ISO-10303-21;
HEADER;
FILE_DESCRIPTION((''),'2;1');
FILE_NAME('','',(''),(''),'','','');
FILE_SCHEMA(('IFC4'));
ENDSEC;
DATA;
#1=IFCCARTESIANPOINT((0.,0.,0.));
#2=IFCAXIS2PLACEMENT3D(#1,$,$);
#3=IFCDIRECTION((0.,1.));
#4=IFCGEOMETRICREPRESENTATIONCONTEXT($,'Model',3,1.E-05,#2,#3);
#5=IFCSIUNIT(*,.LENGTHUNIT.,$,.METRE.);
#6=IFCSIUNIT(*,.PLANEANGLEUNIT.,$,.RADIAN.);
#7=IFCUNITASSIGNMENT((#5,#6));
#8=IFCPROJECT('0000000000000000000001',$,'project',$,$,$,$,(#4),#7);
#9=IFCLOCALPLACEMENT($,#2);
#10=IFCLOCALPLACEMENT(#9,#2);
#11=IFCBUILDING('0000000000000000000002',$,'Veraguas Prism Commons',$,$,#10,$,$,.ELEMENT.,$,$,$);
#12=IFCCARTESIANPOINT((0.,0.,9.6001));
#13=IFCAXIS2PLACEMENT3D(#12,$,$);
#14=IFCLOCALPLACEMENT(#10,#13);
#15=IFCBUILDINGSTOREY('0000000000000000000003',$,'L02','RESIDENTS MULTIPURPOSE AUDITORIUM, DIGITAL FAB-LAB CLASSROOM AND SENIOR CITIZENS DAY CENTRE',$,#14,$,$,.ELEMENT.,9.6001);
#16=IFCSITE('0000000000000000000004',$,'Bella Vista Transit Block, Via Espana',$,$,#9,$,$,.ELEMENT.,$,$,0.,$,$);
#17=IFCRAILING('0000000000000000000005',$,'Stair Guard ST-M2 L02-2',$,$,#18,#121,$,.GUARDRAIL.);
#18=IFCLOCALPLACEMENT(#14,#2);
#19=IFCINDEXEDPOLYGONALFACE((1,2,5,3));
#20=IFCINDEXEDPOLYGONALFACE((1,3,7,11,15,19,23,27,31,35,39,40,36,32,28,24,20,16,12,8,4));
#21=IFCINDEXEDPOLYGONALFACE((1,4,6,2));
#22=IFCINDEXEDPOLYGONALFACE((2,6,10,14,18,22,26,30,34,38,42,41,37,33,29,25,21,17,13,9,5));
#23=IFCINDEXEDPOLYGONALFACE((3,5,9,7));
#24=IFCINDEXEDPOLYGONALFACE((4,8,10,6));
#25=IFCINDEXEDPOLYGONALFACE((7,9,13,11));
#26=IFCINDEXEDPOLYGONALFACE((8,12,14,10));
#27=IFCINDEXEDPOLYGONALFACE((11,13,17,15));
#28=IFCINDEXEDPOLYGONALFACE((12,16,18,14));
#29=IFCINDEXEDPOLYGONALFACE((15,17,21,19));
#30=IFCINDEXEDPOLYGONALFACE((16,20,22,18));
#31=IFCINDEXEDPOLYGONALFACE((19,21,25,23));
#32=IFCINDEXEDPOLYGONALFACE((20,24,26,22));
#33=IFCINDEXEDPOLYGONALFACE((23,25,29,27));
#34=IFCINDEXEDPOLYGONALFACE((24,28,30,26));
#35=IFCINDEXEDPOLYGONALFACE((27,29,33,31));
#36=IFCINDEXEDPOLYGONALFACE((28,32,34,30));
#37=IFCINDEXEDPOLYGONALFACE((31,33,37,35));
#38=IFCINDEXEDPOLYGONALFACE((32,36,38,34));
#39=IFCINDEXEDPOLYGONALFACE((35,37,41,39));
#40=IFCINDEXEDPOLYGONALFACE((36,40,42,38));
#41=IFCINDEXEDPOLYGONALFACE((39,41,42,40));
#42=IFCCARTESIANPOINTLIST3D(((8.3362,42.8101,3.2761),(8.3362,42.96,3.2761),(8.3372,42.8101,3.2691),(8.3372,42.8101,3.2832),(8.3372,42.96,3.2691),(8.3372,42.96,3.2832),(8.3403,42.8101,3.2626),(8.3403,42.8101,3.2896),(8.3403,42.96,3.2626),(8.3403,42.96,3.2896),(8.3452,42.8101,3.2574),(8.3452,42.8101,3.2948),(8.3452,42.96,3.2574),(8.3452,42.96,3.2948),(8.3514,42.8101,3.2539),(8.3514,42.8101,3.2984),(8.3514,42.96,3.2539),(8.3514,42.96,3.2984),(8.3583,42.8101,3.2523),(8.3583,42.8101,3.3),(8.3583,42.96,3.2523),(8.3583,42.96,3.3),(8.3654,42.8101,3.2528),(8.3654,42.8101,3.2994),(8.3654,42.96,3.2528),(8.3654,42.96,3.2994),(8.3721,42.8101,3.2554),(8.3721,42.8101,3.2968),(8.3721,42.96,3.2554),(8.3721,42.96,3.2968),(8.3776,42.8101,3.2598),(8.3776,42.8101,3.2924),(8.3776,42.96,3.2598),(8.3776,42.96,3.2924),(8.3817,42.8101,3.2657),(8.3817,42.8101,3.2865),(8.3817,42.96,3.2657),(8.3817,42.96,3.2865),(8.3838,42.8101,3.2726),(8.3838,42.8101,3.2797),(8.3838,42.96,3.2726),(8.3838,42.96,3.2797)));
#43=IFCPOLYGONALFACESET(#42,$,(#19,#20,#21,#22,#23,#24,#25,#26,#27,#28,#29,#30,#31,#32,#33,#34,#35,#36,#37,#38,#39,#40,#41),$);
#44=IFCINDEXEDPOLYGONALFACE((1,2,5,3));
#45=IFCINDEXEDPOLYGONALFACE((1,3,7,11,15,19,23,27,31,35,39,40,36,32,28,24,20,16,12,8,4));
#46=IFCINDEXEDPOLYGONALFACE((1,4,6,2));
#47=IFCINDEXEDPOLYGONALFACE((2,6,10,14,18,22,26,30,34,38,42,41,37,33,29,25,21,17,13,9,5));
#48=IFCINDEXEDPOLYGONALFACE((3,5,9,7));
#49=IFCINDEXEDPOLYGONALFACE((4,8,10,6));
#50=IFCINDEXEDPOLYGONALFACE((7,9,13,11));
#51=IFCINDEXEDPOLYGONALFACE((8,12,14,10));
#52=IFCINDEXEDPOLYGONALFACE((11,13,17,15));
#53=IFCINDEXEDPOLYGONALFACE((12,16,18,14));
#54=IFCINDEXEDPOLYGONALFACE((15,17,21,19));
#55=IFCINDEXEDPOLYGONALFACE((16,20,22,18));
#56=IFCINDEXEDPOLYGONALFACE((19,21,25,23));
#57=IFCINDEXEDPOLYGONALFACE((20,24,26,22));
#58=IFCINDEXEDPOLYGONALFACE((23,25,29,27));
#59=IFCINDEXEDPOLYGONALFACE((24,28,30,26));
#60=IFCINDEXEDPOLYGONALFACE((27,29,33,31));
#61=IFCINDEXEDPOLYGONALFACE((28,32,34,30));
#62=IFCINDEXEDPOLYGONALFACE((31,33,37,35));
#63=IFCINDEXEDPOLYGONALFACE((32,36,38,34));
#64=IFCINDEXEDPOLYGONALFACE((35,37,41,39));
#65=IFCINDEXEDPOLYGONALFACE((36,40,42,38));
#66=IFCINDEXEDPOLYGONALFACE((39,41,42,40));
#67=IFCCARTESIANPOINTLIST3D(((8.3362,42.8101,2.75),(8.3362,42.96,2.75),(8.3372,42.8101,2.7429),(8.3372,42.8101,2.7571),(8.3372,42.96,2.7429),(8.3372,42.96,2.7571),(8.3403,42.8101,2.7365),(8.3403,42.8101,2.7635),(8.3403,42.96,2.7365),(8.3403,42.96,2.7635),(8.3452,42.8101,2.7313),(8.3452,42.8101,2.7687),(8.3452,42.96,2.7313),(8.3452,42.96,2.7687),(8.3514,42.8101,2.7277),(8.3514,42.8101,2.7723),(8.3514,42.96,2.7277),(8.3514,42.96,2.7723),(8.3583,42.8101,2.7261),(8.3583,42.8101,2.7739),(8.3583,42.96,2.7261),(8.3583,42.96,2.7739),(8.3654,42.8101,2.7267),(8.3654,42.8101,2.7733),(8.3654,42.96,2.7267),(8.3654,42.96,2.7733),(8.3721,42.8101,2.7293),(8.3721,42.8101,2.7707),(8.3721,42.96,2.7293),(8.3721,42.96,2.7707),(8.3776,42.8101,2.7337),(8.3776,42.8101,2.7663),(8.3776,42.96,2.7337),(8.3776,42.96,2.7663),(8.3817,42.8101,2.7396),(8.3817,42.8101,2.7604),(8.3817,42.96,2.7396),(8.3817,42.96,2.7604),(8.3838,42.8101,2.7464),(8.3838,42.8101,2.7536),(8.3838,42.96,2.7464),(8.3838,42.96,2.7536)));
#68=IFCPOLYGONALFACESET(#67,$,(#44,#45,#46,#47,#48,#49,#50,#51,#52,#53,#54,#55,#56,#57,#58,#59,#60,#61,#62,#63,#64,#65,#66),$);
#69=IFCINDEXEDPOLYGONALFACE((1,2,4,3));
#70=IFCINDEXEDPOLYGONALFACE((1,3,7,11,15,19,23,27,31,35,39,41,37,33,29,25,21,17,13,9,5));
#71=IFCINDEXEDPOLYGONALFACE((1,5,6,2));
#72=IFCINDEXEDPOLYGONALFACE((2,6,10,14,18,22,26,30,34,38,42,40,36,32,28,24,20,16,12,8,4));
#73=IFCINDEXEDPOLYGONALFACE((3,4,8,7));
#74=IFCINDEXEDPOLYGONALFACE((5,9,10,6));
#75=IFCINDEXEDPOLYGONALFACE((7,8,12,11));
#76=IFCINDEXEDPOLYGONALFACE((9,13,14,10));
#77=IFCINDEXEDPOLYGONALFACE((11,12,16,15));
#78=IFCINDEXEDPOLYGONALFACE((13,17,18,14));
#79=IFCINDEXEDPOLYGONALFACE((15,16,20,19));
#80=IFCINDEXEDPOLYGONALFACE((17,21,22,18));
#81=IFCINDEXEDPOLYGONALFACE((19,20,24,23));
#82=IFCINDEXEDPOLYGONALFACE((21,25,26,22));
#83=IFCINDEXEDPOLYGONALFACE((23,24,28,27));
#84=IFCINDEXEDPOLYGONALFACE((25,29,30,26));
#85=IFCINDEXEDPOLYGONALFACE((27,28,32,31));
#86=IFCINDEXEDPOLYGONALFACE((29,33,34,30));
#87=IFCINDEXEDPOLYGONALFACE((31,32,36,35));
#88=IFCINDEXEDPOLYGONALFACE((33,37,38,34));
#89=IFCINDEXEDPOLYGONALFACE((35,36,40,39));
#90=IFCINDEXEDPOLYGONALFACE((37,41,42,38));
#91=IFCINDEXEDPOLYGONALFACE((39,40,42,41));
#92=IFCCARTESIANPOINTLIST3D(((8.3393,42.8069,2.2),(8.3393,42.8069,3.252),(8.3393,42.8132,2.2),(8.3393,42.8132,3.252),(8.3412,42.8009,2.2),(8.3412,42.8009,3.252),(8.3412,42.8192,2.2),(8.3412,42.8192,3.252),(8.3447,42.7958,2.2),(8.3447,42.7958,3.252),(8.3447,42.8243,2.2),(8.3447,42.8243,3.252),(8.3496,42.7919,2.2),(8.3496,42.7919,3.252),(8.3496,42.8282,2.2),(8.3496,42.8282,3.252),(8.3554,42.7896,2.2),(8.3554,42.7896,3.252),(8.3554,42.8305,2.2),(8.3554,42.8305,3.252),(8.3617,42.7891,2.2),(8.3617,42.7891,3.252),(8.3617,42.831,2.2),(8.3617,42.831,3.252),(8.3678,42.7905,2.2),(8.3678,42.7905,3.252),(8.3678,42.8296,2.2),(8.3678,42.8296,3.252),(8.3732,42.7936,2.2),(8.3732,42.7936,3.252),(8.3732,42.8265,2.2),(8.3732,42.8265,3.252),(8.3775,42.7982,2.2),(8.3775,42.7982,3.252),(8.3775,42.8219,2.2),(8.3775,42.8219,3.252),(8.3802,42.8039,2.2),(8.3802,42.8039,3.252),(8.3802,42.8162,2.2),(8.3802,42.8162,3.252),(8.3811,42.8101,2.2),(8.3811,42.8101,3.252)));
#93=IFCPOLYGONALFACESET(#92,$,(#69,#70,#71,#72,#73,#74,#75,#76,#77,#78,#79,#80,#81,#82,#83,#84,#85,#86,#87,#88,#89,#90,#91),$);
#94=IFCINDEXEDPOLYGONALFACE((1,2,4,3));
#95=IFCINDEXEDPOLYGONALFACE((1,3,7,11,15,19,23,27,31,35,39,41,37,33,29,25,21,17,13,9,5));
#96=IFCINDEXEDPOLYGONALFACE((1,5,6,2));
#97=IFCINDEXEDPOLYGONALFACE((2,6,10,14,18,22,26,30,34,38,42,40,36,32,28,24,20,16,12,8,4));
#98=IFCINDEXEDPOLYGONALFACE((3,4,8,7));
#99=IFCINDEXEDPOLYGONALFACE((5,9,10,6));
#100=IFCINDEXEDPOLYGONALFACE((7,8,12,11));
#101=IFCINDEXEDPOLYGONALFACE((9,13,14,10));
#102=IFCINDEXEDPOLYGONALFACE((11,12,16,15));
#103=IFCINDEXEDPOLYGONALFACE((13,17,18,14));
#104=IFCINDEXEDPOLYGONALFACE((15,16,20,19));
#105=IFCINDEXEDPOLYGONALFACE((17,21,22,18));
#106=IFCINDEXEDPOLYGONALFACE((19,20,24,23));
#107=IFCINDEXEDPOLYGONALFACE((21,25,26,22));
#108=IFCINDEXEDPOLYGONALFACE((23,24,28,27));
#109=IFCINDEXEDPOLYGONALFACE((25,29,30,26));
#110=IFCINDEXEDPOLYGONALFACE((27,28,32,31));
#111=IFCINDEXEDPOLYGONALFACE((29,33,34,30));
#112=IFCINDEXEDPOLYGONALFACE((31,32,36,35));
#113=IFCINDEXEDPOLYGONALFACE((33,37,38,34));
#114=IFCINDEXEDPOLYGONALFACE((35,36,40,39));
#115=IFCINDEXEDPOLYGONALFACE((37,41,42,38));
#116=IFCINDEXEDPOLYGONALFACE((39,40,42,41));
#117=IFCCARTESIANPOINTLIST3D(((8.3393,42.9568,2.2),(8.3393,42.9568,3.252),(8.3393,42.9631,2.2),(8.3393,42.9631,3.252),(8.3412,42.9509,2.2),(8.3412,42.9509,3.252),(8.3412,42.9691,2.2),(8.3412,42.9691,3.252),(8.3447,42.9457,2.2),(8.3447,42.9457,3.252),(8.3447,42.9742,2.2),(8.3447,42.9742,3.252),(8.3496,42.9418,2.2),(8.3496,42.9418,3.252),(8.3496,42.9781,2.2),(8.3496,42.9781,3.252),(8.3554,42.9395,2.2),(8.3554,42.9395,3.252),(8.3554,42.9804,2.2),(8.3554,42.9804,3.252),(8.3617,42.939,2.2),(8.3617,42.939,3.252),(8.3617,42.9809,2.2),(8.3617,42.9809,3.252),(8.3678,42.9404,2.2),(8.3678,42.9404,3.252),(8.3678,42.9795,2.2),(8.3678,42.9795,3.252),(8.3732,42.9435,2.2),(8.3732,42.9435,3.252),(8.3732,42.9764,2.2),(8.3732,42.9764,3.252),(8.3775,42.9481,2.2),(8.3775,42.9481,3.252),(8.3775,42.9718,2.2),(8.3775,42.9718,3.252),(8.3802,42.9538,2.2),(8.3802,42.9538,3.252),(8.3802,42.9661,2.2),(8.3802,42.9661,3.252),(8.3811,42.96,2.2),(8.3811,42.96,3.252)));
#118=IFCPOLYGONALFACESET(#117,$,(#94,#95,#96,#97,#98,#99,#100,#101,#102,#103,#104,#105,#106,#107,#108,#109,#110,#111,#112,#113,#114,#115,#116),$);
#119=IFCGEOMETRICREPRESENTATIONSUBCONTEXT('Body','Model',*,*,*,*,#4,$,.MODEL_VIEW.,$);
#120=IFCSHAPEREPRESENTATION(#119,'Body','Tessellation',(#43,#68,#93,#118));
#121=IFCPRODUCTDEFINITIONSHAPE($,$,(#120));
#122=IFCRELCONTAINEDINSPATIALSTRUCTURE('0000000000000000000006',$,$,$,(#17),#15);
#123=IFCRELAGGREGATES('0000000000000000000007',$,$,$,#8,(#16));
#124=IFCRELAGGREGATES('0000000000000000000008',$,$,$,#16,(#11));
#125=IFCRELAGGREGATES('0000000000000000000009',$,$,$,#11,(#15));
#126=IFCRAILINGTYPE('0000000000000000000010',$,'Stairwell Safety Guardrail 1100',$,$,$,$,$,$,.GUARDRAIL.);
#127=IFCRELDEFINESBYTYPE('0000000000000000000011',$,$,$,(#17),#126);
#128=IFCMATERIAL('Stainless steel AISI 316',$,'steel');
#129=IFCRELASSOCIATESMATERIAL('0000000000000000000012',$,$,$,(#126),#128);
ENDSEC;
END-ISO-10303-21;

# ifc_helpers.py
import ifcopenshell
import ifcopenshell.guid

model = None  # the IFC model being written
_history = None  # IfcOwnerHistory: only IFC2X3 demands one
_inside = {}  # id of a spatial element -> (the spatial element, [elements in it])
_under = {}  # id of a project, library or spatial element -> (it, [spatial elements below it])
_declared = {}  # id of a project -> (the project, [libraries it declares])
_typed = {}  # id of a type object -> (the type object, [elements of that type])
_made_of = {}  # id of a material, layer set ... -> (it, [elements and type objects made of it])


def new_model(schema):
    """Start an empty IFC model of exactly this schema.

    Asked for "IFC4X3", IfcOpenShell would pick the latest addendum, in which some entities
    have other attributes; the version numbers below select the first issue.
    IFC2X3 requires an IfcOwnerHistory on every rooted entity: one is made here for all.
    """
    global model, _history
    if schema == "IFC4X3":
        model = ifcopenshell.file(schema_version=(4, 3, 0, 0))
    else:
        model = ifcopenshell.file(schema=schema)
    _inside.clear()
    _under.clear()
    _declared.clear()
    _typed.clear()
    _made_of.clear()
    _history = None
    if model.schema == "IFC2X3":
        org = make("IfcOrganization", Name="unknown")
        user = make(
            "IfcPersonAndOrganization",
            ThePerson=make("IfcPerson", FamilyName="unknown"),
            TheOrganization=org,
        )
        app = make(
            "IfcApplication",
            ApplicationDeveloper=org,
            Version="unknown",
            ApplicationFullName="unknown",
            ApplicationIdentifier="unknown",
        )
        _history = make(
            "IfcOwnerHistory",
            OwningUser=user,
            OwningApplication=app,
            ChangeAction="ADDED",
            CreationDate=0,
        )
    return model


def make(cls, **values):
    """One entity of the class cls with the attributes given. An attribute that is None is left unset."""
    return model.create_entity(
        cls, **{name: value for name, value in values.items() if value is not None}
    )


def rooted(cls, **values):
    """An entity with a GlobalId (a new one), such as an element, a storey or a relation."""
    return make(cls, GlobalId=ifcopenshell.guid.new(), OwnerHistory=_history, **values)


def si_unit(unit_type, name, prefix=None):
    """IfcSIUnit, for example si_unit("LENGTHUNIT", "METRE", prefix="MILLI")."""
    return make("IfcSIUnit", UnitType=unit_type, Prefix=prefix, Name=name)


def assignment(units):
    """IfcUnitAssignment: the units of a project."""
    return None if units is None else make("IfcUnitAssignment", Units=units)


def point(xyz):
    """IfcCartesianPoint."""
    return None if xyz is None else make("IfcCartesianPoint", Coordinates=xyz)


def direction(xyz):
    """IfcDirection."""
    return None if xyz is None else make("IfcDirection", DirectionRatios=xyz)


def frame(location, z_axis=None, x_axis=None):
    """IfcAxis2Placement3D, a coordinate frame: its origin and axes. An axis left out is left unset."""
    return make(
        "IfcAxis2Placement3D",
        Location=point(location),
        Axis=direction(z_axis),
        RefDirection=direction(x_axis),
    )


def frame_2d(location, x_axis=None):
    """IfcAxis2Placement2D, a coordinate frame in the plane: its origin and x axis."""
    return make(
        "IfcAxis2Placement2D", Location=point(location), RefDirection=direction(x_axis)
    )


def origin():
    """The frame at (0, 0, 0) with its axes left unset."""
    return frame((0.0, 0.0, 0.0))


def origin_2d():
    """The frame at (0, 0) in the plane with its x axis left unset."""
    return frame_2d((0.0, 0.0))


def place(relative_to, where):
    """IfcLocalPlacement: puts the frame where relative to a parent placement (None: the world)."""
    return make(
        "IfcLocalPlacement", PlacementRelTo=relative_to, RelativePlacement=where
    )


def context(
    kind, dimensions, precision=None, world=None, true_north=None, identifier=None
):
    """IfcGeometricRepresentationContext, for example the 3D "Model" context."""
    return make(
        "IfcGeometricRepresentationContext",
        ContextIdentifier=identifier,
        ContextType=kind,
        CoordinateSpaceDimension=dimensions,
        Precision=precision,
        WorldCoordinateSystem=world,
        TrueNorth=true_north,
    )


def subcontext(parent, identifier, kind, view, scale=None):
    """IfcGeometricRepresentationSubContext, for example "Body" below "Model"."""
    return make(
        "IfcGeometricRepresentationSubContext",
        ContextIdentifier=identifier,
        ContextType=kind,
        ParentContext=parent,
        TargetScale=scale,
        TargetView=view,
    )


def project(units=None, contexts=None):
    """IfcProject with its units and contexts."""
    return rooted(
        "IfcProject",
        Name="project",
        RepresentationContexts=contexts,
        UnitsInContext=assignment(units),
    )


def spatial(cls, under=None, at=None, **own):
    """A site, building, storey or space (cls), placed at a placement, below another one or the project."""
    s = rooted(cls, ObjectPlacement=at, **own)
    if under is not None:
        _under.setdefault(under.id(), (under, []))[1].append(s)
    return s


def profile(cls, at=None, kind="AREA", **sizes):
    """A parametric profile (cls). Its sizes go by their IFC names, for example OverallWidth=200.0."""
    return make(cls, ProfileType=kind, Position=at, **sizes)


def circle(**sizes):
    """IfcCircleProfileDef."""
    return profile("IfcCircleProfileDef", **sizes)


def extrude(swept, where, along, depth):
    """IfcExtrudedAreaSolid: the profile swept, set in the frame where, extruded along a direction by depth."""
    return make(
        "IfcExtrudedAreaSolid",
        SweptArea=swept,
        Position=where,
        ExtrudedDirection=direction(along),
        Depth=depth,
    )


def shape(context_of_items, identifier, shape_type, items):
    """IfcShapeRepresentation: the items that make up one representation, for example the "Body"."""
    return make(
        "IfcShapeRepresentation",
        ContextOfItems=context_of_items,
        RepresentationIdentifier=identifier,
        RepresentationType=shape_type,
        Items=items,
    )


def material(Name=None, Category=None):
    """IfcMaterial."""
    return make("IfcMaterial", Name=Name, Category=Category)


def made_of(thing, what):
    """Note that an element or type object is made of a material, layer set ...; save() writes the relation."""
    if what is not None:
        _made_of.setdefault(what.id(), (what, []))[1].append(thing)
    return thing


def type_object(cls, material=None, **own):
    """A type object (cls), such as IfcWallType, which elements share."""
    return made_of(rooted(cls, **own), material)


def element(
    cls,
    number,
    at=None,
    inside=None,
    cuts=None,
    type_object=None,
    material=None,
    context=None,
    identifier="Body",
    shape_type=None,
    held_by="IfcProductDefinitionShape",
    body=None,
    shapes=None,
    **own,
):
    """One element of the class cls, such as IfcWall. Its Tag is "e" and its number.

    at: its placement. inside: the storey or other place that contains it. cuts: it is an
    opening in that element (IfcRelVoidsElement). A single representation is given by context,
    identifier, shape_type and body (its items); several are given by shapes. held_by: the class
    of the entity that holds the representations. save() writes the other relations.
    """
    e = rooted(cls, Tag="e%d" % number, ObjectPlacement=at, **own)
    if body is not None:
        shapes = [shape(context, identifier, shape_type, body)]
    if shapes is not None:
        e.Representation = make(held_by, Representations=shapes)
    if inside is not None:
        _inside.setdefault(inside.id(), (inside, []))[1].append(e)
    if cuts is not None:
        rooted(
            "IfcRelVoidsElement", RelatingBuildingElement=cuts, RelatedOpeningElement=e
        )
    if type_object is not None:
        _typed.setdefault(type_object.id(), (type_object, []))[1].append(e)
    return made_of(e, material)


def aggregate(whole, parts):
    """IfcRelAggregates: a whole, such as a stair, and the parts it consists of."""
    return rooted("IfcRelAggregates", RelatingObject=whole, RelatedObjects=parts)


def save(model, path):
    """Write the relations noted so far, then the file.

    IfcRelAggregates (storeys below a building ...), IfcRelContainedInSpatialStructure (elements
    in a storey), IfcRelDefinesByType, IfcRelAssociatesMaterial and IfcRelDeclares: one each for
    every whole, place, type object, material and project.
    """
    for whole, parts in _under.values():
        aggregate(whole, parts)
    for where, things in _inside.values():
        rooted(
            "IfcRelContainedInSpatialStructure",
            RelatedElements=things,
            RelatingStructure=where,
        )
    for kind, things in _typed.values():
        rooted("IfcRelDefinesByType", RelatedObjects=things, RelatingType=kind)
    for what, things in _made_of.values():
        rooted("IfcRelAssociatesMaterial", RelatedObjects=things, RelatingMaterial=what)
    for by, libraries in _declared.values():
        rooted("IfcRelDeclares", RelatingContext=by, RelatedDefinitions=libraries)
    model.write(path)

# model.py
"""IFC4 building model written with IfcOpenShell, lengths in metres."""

from ifc_helpers import new_model, si_unit, direction, frame, origin, origin_2d, place, context, subcontext, project, spatial, circle, extrude, material, type_object, element, save


model = new_model("IFC4")

# Units and contexts
model_context = context("Model", 3, precision=1e-05, world=origin(), true_north=direction((0.0, 1.0)))
body_context = subcontext(model_context, "Body", "Model", "MODEL_VIEW")
ifc_project = project(units=[si_unit("LENGTHUNIT", "METRE"), si_unit("PLANEANGLEUNIT", "RADIAN")], contexts=[model_context])

# Site, building, storey
site_placement = place(None, origin())
site = spatial("IfcSite", under=ifc_project, at=site_placement, Name="Bella Vista Transit Block, Via Espana", CompositionType="ELEMENT", RefElevation=0.0)
building_placement = place(site_placement, origin())
building = spatial("IfcBuilding", under=site, at=building_placement, Name="Veraguas Prism Commons", CompositionType="ELEMENT")
storey_placement = place(building_placement, frame((0.0, 0.0, 9.6001)))
storey = spatial("IfcBuildingStorey", under=building, at=storey_placement, Name="L02", Description="RESIDENTS MULTIPURPOSE AUDITORIUM, DIGITAL FAB-LAB CLASSROOM AND SENIOR CITIZENS DAY CENTRE", CompositionType="ELEMENT", Elevation=9.6001)

# Railing
ifc_material_1 = material(Name="Stainless steel AISI 316", Category="steel")
railing_type_1 = type_object("IfcRailingType", Name="Stairwell Safety Guardrail 1100", PredefinedType="GUARDRAIL", material=ifc_material_1)
railing_1_placement = place(storey_placement, frame((8.3601, 42.8101, 2.2)))
element("IfcRailing", 1, at=railing_1_placement, inside=storey, type_object=railing_type_1, Name="Stair Guard ST-M2 L02-2", PredefinedType="GUARDRAIL", context=body_context, shape_type="SweptSolid", body=[
    extrude(circle(Radius=0.0239, at=origin_2d()), frame((0.0, 0.0, 1.0762), z_axis=(0.0, 1.0, 0.0), x_axis=(-1.0, 0.0, 0.0)), (0.0, 0.0, 1.0), 0.1499),
    extrude(circle(Radius=0.0239, at=origin_2d()), frame((0.0, 0.0, 0.55), z_axis=(0.0, 1.0, 0.0), x_axis=(-1.0, 0.0, 0.0)), (0.0, 0.0, 1.0), 0.1499),
    extrude(circle(Radius=0.021, at=origin_2d()), origin(), (0.0, 0.0, 1.0), 1.052),
    extrude(circle(Radius=0.021, at=origin_2d()), frame((0.0, 0.1499, 0.0)), (0.0, 0.0, 1.0), 1.052),
])

save(model, "model.ifc")
